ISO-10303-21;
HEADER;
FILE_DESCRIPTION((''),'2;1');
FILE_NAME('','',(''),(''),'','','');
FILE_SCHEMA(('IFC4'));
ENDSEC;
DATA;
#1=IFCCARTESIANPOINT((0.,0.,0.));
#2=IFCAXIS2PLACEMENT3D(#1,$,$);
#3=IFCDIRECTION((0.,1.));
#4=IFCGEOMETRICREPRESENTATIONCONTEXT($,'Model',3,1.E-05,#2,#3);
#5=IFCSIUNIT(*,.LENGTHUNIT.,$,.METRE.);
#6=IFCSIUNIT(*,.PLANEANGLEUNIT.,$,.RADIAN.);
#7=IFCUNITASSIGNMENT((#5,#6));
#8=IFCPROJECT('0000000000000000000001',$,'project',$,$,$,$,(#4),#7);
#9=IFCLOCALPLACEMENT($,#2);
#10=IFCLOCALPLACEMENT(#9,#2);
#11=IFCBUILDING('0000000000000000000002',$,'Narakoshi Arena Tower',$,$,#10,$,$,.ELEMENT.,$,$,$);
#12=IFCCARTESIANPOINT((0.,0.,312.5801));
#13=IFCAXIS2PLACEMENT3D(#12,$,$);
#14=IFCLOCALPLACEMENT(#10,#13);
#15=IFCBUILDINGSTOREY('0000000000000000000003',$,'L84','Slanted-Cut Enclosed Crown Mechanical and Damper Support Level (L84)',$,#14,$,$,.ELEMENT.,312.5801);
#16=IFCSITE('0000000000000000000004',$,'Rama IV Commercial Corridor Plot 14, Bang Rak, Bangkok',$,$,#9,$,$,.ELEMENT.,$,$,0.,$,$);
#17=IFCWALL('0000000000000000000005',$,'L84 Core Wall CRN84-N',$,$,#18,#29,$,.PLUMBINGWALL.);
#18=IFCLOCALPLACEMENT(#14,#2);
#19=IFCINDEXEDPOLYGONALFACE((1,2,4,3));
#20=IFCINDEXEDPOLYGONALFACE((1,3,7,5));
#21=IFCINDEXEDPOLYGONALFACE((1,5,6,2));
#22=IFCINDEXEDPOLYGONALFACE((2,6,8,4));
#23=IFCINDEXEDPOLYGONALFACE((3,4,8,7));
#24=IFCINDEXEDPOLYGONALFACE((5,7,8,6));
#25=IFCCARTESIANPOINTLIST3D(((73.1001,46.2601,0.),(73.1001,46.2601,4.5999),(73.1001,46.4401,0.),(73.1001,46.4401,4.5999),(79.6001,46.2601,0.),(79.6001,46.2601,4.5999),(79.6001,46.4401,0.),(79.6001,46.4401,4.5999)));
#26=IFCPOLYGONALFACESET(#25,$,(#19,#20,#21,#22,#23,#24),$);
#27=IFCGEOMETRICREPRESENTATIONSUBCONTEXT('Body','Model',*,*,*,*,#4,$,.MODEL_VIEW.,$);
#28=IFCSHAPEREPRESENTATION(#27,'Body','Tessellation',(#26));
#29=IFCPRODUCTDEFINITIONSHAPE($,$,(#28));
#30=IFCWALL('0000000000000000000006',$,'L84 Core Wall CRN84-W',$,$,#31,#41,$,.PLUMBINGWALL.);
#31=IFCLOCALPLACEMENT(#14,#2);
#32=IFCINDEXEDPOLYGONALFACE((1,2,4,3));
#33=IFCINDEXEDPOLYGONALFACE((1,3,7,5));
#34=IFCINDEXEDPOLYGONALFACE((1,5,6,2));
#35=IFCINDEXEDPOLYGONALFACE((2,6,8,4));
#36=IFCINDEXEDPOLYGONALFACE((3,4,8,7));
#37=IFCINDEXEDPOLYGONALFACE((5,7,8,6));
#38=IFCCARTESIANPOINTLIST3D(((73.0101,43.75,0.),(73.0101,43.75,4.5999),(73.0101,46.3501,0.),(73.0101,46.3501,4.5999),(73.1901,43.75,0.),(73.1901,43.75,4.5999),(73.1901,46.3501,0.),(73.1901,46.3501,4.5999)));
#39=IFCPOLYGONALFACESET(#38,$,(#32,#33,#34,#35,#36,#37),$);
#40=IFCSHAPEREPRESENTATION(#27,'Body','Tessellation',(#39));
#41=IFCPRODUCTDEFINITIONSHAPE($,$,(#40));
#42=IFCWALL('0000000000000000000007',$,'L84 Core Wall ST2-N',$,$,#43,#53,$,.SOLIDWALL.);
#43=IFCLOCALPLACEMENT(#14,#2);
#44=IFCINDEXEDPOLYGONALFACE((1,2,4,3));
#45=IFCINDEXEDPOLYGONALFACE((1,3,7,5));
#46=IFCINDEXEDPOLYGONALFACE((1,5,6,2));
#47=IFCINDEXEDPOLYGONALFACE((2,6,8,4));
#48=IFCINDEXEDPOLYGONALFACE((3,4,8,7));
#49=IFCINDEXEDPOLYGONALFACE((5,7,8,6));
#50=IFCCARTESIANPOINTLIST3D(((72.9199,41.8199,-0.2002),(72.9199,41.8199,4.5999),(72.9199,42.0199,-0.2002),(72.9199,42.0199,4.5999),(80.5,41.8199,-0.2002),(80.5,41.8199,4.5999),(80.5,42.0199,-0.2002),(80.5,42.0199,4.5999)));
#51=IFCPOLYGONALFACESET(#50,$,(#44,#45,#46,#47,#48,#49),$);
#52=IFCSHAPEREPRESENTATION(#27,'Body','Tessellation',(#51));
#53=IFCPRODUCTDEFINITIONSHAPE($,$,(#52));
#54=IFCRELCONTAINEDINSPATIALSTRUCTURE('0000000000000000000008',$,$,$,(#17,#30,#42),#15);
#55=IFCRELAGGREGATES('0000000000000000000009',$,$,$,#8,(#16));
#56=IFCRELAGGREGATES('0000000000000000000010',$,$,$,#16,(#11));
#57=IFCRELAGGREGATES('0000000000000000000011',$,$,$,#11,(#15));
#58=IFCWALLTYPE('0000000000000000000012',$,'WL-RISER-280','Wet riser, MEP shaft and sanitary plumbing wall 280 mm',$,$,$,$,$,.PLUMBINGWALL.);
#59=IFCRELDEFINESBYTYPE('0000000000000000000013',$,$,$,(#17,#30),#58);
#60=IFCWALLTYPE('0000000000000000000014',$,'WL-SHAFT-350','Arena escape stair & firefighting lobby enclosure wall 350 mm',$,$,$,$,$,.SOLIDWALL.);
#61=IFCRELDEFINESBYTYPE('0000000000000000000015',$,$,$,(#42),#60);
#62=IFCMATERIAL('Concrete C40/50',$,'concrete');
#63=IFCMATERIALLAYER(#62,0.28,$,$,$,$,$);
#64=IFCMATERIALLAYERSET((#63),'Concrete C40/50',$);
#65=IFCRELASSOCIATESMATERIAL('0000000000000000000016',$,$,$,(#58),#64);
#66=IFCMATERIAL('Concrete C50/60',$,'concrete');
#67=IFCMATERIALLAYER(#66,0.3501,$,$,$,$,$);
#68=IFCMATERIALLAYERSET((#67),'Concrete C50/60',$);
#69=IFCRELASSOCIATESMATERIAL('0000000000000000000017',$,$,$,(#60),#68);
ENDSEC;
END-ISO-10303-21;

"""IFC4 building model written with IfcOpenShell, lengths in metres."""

from ifc_helpers import new_model, si_unit, direction, frame, frame_2d, origin, place, context, subcontext, project, spatial, rectangle, extrude, material, layer, layer_set, type_object, element, save


model = new_model("IFC4")

# Units and contexts
model_context = context("Model", 3, precision=1e-05, world=origin(), true_north=direction((0.0, 1.0)))
body_context = subcontext(model_context, "Body", "Model", "MODEL_VIEW")
ifc_project = project(units=[si_unit("LENGTHUNIT", "METRE"), si_unit("PLANEANGLEUNIT", "RADIAN")], contexts=[model_context])

# Site, building, storey
site_placement = place(None, origin())
site = spatial("IfcSite", under=ifc_project, at=site_placement, Name="Rama IV Commercial Corridor Plot 14, Bang Rak, Bangkok", CompositionType="ELEMENT", RefElevation=0.0)
building_placement = place(site_placement, origin())
building = spatial("IfcBuilding", under=site, at=building_placement, Name="Narakoshi Arena Tower", CompositionType="ELEMENT")
storey_placement = place(building_placement, frame((0.0, 0.0, 312.5801)))
storey = spatial("IfcBuildingStorey", under=building, at=storey_placement, Name="L84", Description="Slanted-Cut Enclosed Crown Mechanical and Damper Support Level (L84)", CompositionType="ELEMENT", Elevation=312.5801)

# Shared definitions
ifc_material_1 = material(Name="Concrete C40/50", Category="concrete")
ifc_layer_1 = layer(ifc_material_1, 0.28)
ifc_layer_set_1 = layer_set([ifc_layer_1], Name="Concrete C40/50")
wall_type_1 = type_object("IfcWallType", Name="WL-RISER-280", Description="Wet riser, MEP shaft and sanitary plumbing wall 280 mm", PredefinedType="PLUMBINGWALL", material=ifc_layer_set_1)

# Walls
wall_1_placement = place(storey_placement, frame((73.1001, 46.3501, 0.0), z_axis=(0.0, 0.0, 1.0), x_axis=(1.0, 0.0, 0.0)))
element("IfcWall", 1, at=wall_1_placement, inside=storey, type_object=wall_type_1, Name="L84 Core Wall CRN84-N", PredefinedType="PLUMBINGWALL", context=body_context, shape_type="SweptSolid", body=[
    extrude(rectangle(XDim=6.5, YDim=0.1799, at=frame_2d((3.25, 0.0))), origin(), (0.0, 0.0, 1.0), 4.5999),
])
wall_2_placement = place(storey_placement, frame((73.1001, 43.75, 0.0), z_axis=(0.0, 0.0, 1.0), x_axis=(0.0, 1.0, 0.0)))
element("IfcWall", 2, at=wall_2_placement, inside=storey, type_object=wall_type_1, Name="L84 Core Wall CRN84-W", PredefinedType="PLUMBINGWALL", context=body_context, shape_type="SweptSolid", body=[
    extrude(rectangle(XDim=2.6001, YDim=0.1799, at=frame_2d((1.3, 0.0))), origin(), (0.0, 0.0, 1.0), 4.5999),
])
ifc_material_2 = material(Name="Concrete C50/60", Category="concrete")
ifc_layer_2 = layer(ifc_material_2, 0.3501)
ifc_layer_set_2 = layer_set([ifc_layer_2], Name="Concrete C50/60")
wall_type_2 = type_object("IfcWallType", Name="WL-SHAFT-350", Description="Arena escape stair & firefighting lobby enclosure wall 350 mm", PredefinedType="SOLIDWALL", material=ifc_layer_set_2)
wall_3_placement = place(storey_placement, frame((72.9199, 41.9199, -0.2002), z_axis=(0.0, 0.0, 1.0), x_axis=(1.0, 0.0, 0.0)))
element("IfcWall", 3, at=wall_3_placement, inside=storey, type_object=wall_type_2, Name="L84 Core Wall ST2-N", PredefinedType="SOLIDWALL", context=body_context, shape_type="SweptSolid", body=[
    extrude(rectangle(XDim=7.5801, YDim=0.2, at=frame_2d((3.79, 0.0))), origin(), (0.0, 0.0, 1.0), 4.8),
])

save(model, "model.ifc")
